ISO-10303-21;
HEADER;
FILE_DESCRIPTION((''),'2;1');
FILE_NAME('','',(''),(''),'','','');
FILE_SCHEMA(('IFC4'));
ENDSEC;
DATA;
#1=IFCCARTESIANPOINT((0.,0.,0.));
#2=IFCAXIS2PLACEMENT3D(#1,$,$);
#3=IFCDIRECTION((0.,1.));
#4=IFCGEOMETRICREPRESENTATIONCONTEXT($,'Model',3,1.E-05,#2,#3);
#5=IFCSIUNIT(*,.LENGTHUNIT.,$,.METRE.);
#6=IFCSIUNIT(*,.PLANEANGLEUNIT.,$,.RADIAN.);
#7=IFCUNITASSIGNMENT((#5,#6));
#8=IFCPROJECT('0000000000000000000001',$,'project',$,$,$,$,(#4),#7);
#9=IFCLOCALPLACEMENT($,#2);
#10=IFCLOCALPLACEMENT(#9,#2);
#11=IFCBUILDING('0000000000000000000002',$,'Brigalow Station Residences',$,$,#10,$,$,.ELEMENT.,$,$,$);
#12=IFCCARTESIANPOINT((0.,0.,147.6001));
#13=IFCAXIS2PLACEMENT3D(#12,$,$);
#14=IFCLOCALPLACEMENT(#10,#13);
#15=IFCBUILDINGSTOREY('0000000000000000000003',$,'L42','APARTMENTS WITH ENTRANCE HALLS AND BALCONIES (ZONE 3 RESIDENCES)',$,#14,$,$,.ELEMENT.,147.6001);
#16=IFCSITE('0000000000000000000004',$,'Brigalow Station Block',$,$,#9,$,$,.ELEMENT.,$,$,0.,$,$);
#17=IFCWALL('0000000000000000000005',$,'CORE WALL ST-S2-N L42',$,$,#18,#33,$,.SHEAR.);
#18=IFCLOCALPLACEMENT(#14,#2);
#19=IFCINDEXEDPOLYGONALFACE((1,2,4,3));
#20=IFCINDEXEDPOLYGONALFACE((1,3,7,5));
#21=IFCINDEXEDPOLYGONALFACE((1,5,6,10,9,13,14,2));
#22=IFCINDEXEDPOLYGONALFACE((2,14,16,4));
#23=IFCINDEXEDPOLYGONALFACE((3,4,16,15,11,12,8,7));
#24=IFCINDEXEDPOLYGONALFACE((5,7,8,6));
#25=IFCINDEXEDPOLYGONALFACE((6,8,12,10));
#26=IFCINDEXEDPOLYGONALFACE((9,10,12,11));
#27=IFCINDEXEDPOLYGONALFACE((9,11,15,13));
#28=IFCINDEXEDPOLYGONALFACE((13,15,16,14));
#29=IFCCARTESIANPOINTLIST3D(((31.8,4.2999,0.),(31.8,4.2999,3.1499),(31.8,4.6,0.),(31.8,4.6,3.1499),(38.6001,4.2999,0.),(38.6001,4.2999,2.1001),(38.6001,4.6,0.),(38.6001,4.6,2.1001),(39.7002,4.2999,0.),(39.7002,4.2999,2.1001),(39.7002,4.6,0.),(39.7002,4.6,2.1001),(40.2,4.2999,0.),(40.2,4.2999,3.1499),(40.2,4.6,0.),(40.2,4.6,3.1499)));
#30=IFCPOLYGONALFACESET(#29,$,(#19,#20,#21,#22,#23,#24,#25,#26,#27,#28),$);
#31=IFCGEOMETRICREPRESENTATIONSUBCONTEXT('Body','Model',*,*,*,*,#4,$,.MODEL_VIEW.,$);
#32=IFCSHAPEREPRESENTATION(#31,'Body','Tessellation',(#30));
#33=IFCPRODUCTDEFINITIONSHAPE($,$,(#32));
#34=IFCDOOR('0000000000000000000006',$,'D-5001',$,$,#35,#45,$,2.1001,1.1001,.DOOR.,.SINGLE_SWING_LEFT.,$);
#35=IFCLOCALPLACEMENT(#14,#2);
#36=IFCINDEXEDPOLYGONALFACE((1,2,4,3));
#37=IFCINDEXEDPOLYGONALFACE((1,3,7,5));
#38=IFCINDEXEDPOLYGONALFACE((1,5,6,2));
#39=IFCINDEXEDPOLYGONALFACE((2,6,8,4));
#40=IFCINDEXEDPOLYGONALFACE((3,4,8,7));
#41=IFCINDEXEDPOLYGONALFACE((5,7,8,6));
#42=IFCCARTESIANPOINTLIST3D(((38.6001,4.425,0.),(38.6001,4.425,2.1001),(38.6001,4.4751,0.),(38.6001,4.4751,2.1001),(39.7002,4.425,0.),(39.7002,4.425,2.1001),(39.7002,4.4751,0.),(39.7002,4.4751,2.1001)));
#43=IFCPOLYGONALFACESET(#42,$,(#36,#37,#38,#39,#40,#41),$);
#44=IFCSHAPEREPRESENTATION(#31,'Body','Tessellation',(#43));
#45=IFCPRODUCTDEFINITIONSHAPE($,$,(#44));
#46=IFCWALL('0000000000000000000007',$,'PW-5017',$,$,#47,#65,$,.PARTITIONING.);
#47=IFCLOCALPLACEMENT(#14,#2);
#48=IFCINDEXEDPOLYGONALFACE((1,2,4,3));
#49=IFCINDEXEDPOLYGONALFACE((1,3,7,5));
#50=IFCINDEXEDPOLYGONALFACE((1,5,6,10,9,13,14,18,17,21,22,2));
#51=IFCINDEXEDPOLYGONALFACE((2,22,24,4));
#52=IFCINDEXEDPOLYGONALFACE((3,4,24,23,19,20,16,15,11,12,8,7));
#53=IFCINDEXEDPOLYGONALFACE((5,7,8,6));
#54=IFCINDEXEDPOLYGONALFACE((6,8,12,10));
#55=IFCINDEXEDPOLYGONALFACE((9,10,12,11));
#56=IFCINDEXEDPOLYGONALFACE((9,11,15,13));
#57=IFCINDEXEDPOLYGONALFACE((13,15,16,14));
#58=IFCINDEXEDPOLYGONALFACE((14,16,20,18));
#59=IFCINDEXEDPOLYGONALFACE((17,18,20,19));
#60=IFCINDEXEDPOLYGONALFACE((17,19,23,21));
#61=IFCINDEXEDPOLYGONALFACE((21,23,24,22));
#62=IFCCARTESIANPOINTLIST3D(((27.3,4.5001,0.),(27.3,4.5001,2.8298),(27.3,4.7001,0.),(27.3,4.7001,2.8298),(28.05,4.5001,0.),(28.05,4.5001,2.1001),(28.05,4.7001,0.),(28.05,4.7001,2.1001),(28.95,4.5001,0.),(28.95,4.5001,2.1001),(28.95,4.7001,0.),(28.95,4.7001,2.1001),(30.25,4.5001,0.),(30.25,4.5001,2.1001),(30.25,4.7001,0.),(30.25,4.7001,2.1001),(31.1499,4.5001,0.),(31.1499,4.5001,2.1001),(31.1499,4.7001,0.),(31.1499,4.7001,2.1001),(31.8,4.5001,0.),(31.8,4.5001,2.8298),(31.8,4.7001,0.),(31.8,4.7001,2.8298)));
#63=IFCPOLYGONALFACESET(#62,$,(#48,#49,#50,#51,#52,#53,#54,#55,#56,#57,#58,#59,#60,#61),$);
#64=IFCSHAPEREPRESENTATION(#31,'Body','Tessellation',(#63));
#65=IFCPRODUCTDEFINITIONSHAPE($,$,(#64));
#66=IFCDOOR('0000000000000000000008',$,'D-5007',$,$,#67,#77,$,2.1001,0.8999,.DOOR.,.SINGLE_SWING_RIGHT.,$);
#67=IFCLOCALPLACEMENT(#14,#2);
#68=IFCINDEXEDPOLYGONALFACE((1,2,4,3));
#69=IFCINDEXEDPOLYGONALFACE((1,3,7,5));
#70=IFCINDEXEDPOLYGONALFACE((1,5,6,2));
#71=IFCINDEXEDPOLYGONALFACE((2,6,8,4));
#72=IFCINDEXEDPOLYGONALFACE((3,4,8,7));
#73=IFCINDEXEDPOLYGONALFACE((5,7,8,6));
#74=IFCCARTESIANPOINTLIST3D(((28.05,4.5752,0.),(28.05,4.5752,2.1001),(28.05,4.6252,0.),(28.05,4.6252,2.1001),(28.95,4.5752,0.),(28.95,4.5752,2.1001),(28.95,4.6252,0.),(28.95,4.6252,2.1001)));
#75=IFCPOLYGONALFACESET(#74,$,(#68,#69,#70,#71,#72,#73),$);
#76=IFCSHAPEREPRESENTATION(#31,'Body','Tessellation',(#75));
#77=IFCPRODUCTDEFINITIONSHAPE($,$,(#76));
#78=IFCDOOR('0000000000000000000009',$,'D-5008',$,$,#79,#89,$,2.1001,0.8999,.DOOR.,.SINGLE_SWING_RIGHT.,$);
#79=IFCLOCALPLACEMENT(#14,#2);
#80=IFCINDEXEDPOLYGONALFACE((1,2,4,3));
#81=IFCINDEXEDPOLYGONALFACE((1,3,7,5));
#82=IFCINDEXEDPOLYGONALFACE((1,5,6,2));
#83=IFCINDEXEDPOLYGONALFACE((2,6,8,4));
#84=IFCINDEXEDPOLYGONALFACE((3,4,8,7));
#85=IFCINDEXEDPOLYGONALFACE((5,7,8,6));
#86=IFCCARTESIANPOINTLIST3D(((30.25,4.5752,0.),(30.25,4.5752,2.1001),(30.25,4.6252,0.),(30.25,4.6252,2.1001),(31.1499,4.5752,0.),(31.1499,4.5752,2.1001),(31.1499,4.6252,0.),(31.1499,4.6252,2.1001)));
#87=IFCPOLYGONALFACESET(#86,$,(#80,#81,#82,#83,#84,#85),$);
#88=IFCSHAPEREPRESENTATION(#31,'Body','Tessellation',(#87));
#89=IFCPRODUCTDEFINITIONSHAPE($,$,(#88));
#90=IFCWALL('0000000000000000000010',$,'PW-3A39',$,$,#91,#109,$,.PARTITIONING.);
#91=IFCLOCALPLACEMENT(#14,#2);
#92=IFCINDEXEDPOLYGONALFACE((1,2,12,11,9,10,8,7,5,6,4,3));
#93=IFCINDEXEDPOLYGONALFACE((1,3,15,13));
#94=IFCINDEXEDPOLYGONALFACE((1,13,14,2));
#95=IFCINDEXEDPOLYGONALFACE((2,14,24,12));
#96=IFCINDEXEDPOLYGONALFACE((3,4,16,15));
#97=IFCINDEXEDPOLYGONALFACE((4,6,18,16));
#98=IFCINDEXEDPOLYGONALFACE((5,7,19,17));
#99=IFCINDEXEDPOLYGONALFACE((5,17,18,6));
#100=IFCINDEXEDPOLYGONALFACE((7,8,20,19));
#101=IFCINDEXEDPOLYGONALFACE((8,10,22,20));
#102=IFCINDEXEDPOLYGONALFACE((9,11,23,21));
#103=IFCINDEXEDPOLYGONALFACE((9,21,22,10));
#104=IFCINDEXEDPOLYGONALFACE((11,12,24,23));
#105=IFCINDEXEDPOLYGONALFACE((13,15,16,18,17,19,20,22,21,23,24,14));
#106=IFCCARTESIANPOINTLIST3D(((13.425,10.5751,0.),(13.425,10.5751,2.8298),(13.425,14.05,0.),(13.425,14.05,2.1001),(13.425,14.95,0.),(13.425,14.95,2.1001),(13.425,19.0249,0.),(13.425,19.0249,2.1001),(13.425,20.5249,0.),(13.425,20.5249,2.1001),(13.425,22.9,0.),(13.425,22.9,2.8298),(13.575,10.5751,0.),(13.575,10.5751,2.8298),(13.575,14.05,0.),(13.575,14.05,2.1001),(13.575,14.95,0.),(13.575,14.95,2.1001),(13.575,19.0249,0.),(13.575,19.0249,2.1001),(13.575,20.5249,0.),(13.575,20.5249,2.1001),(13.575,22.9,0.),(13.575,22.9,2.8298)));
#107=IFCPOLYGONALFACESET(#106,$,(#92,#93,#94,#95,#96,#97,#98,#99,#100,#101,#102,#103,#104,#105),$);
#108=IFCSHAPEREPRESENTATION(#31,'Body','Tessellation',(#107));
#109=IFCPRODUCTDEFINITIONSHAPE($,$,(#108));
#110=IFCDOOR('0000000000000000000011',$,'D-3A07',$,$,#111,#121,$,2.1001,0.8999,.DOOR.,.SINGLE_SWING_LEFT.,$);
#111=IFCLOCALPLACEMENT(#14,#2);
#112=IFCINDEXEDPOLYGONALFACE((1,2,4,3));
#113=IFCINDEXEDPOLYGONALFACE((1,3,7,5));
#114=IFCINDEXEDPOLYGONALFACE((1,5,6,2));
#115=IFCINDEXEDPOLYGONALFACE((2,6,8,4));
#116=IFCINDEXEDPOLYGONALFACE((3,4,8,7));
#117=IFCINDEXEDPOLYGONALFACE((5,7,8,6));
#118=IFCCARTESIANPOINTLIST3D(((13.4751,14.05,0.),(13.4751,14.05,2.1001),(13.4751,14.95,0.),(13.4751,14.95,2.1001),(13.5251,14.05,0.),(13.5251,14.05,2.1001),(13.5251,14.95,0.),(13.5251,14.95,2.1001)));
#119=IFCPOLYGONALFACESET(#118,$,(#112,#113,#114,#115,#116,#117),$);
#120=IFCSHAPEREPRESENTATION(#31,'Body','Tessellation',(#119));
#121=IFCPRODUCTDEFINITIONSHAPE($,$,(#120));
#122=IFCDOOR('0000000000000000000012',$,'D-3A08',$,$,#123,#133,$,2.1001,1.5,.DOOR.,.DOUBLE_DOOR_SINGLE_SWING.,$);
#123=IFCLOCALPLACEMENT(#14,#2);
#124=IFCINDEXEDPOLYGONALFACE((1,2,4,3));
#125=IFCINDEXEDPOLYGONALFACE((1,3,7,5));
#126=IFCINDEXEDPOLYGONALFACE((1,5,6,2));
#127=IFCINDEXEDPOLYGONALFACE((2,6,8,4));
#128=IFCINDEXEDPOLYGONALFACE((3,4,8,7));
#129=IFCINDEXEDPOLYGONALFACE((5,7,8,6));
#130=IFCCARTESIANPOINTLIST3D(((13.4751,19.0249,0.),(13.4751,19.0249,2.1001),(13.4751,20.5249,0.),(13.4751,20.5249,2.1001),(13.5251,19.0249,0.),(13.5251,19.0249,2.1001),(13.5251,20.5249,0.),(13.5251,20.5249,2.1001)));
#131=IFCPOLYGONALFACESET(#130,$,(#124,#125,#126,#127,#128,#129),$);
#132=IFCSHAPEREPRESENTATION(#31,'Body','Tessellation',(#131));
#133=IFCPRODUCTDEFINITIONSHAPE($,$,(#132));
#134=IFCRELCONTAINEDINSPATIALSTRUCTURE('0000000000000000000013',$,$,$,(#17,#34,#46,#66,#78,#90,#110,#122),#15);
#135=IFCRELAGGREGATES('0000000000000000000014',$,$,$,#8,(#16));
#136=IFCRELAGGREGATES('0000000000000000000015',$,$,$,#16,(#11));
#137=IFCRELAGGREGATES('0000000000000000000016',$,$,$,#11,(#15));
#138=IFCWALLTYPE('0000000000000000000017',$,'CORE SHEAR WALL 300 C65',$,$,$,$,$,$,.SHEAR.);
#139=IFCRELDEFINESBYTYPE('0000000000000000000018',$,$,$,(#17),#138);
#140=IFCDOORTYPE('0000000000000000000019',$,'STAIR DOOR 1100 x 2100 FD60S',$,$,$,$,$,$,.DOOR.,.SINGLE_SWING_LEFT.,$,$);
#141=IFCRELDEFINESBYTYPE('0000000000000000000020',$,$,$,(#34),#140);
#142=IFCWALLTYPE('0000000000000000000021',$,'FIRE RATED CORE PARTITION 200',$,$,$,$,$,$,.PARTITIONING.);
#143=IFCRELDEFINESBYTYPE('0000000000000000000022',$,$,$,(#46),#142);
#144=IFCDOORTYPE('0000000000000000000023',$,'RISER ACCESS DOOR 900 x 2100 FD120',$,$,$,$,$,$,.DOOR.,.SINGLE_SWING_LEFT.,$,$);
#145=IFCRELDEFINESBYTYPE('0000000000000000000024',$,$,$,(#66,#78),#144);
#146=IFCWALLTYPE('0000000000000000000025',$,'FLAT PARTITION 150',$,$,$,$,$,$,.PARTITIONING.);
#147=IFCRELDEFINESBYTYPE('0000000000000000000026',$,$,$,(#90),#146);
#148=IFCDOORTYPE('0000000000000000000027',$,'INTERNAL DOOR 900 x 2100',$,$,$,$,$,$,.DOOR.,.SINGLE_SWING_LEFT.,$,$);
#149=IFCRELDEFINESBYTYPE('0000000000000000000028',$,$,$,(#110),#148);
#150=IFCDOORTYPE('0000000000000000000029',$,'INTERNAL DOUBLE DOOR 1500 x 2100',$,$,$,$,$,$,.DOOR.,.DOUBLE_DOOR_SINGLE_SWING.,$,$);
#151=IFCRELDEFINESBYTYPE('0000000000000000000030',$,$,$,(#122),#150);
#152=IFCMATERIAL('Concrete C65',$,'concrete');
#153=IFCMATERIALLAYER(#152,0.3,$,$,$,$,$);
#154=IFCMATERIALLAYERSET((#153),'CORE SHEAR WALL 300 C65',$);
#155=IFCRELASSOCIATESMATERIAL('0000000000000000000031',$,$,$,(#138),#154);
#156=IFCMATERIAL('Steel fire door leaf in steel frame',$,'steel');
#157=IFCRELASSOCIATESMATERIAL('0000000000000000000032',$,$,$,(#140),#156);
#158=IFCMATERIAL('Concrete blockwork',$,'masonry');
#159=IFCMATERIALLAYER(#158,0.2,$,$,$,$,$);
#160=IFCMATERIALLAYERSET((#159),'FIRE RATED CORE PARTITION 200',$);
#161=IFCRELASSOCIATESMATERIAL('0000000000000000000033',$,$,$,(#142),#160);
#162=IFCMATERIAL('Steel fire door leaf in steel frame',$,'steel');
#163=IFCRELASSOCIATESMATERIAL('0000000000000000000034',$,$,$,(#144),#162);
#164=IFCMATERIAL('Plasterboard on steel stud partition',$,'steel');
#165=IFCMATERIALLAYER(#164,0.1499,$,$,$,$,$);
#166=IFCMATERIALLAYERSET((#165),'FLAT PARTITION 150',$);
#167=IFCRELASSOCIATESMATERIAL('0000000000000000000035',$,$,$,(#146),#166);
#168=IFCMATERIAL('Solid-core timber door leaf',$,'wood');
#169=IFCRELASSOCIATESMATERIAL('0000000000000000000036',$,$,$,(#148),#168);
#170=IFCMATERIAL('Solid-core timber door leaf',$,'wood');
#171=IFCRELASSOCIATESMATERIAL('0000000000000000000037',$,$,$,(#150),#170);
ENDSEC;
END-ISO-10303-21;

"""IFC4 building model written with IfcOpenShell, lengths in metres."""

from ifc_helpers import new_model, si_unit, direction, frame, frame_2d, origin, place, context, subcontext, project, spatial, rectangle, extrude, material, layer, layer_set, type_object, element, fill, save


model = new_model("IFC4")

# Units and contexts
model_context = context("Model", 3, precision=1e-05, world=origin(), true_north=direction((0.0, 1.0)))
body_context = subcontext(model_context, "Body", "Model", "MODEL_VIEW")
ifc_project = project(units=[si_unit("LENGTHUNIT", "METRE"), si_unit("PLANEANGLEUNIT", "RADIAN")], contexts=[model_context])

# Site, building, storey
site_placement = place(None, origin())
site = spatial("IfcSite", under=ifc_project, at=site_placement, Name="Brigalow Station Block", CompositionType="ELEMENT", RefElevation=0.0)
building_placement = place(site_placement, origin())
building = spatial("IfcBuilding", under=site, at=building_placement, Name="Brigalow Station Residences", CompositionType="ELEMENT")
storey_placement = place(building_placement, frame((0.0, 0.0, 147.6001)))
storey = spatial("IfcBuildingStorey", under=building, at=storey_placement, Name="L42", Description="APARTMENTS WITH ENTRANCE HALLS AND BALCONIES (ZONE 3 RESIDENCES)", CompositionType="ELEMENT", Elevation=147.6001)

# Wall, opening, door
ifc_material_1 = material(Name="Concrete C65", Category="concrete")
ifc_layer_1 = layer(ifc_material_1, 0.3)
ifc_layer_set_1 = layer_set([ifc_layer_1], Name="CORE SHEAR WALL 300 C65")
wall_type_1 = type_object("IfcWallType", Name="CORE SHEAR WALL 300 C65", PredefinedType="SHEAR", material=ifc_layer_set_1)
wall_1_placement = place(storey_placement, frame((31.8, 4.45, 0.0), z_axis=(0.0, 0.0, 1.0), x_axis=(1.0, 0.0, 0.0)))
wall_1 = element("IfcWall", 1, at=wall_1_placement, inside=storey, type_object=wall_type_1, Name="CORE WALL ST-S2-N L42", PredefinedType="SHEAR", context=body_context, shape_type="SweptSolid", body=[
    extrude(rectangle(XDim=8.3999, YDim=0.3, at=frame_2d((4.2, 0.0))), origin(), (0.0, 0.0, 1.0), 3.1499),
])
opening_1_placement = place(wall_1_placement, frame((6.8, 0.0, 0.0)))
opening_1 = element("IfcOpeningElement", 2, at=opening_1_placement, cuts=wall_1, PredefinedType="OPENING", context=body_context, shape_type="SweptSolid", body=[
    extrude(rectangle(XDim=1.1001, YDim=2.1001, at=frame_2d((0.55, 1.05))), frame((0.0, 0.1602, 0.0), z_axis=(0.0, -1.0, 0.0), x_axis=(1.0, 0.0, 0.0)), (0.0, 0.0, 1.0), 0.3201),
])
ifc_material_2 = material(Name="Steel fire door leaf in steel frame", Category="steel")
door_type_1 = type_object("IfcDoorType", Name="STAIR DOOR 1100 x 2100 FD60S", OperationType="SINGLE_SWING_LEFT", PredefinedType="DOOR", material=ifc_material_2)
door_1_placement = place(opening_1_placement, frame((1.1001, 0.0, 0.0), z_axis=(0.0, 0.0, 1.0), x_axis=(-1.0, 0.0, 0.0)))
door_1 = element("IfcDoor", 3, at=door_1_placement, inside=storey, type_object=door_type_1, Name="D-5001", OperationType="SINGLE_SWING_LEFT", OverallHeight=2.1001, OverallWidth=1.1001, PredefinedType="DOOR", context=body_context, shape_type="SweptSolid", body=[
    extrude(rectangle(XDim=1.1001, YDim=2.1001, at=frame_2d((0.55, 1.05))), frame((0.0, 0.0249, 0.0), z_axis=(0.0, -1.0, 0.0), x_axis=(1.0, 0.0, 0.0)), (0.0, 0.0, 1.0), 0.05),
])
fill(opening_1, door_1)

# Walls, openings, doors
ifc_material_3 = material(Name="Concrete blockwork", Category="masonry")
ifc_layer_2 = layer(ifc_material_3, 0.2)
ifc_layer_set_2 = layer_set([ifc_layer_2], Name="FIRE RATED CORE PARTITION 200")
wall_type_2 = type_object("IfcWallType", Name="FIRE RATED CORE PARTITION 200", PredefinedType="PARTITIONING", material=ifc_layer_set_2)
wall_2_placement = place(storey_placement, frame((27.3, 4.6001, 0.0), z_axis=(0.0, 0.0, 1.0), x_axis=(1.0, 0.0, 0.0)))
wall_2 = element("IfcWall", 4, at=wall_2_placement, inside=storey, type_object=wall_type_2, Name="PW-5017", PredefinedType="PARTITIONING", context=body_context, shape_type="SweptSolid", body=[
    extrude(rectangle(XDim=4.5, YDim=0.2, at=frame_2d((2.25, 0.0))), origin(), (0.0, 0.0, 1.0), 2.8298),
])
opening_2_placement = place(wall_2_placement, frame((0.75, 0.0, 0.0)))
opening_2 = element("IfcOpeningElement", 5, at=opening_2_placement, cuts=wall_2, PredefinedType="OPENING", context=body_context, shape_type="SweptSolid", body=[
    extrude(rectangle(XDim=0.8999, YDim=2.1001, at=frame_2d((0.45, 1.05))), frame((0.0, 0.1099, 0.0), z_axis=(0.0, -1.0, 0.0), x_axis=(1.0, 0.0, 0.0)), (0.0, 0.0, 1.0), 0.22),
])
opening_3_placement = place(wall_2_placement, frame((2.95, 0.0, 0.0)))
opening_3 = element("IfcOpeningElement", 6, at=opening_3_placement, cuts=wall_2, PredefinedType="OPENING", context=body_context, shape_type="SweptSolid", body=[
    extrude(rectangle(XDim=0.8999, YDim=2.1001, at=frame_2d((0.45, 1.05))), frame((0.0, 0.1099, 0.0), z_axis=(0.0, -1.0, 0.0), x_axis=(1.0, 0.0, 0.0)), (0.0, 0.0, 1.0), 0.22),
])
ifc_material_4 = material(Name="Steel fire door leaf in steel frame", Category="steel")
door_type_2 = type_object("IfcDoorType", Name="RISER ACCESS DOOR 900 x 2100 FD120", OperationType="SINGLE_SWING_LEFT", PredefinedType="DOOR", material=ifc_material_4)
door_2_placement = place(opening_2_placement, frame((0.8999, 0.0, 0.0), z_axis=(0.0, 0.0, 1.0), x_axis=(-1.0, 0.0, 0.0)))
door_2 = element("IfcDoor", 7, at=door_2_placement, inside=storey, type_object=door_type_2, Name="D-5007", OperationType="SINGLE_SWING_RIGHT", OverallHeight=2.1001, OverallWidth=0.8999, PredefinedType="DOOR", context=body_context, shape_type="SweptSolid", body=[
    extrude(rectangle(XDim=0.8999, YDim=2.1001, at=frame_2d((0.45, 1.05))), frame((0.0, 0.0249, 0.0), z_axis=(0.0, -1.0, 0.0), x_axis=(1.0, 0.0, 0.0)), (0.0, 0.0, 1.0), 0.05),
])
fill(opening_2, door_2)
door_3_placement = place(opening_3_placement, frame((0.8999, 0.0, 0.0), z_axis=(0.0, 0.0, 1.0), x_axis=(-1.0, 0.0, 0.0)))
door_3 = element("IfcDoor", 8, at=door_3_placement, inside=storey, type_object=door_type_2, Name="D-5008", OperationType="SINGLE_SWING_RIGHT", OverallHeight=2.1001, OverallWidth=0.8999, PredefinedType="DOOR", context=body_context, shape_type="SweptSolid", body=[
    extrude(rectangle(XDim=0.8999, YDim=2.1001, at=frame_2d((0.45, 1.05))), frame((0.0, 0.0249, 0.0), z_axis=(0.0, -1.0, 0.0), x_axis=(1.0, 0.0, 0.0)), (0.0, 0.0, 1.0), 0.05),
])
fill(opening_3, door_3)
ifc_material_5 = material(Name="Plasterboard on steel stud partition", Category="steel")
ifc_layer_3 = layer(ifc_material_5, 0.1499)
ifc_layer_set_3 = layer_set([ifc_layer_3], Name="FLAT PARTITION 150")
wall_type_3 = type_object("IfcWallType", Name="FLAT PARTITION 150", PredefinedType="PARTITIONING", material=ifc_layer_set_3)
wall_3_placement = place(storey_placement, frame((13.5, 10.575, 0.0), z_axis=(0.0, 0.0, 1.0), x_axis=(0.0, 1.0, 0.0)))
wall_3 = element("IfcWall", 9, at=wall_3_placement, inside=storey, type_object=wall_type_3, Name="PW-3A39", PredefinedType="PARTITIONING", context=body_context, shape_type="SweptSolid", body=[
    extrude(rectangle(XDim=12.325, YDim=0.1499, at=frame_2d((6.1626, 0.0))), origin(), (0.0, 0.0, 1.0), 2.8298),
])
opening_4_placement = place(wall_3_placement, frame((3.4751, 0.0, 0.0)))
opening_4 = element("IfcOpeningElement", 10, at=opening_4_placement, cuts=wall_3, PredefinedType="OPENING", context=body_context, shape_type="SweptSolid", body=[
    extrude(rectangle(XDim=0.8999, YDim=2.1001, at=frame_2d((0.45, 1.05))), frame((0.0, 0.085, 0.0), z_axis=(0.0, -1.0, 0.0), x_axis=(1.0, 0.0, 0.0)), (0.0, 0.0, 1.0), 0.1699),
])
opening_5_placement = place(wall_3_placement, frame((8.45, 0.0, 0.0)))
opening_5 = element("IfcOpeningElement", 11, at=opening_5_placement, cuts=wall_3, PredefinedType="OPENING", context=body_context, shape_type="SweptSolid", body=[
    extrude(rectangle(XDim=1.5, YDim=2.1001, at=frame_2d((0.75, 1.05))), frame((0.0, 0.085, 0.0), z_axis=(0.0, -1.0, 0.0), x_axis=(1.0, 0.0, 0.0)), (0.0, 0.0, 1.0), 0.1699),
])
ifc_material_6 = material(Name="Solid-core timber door leaf", Category="wood")
door_type_3 = type_object("IfcDoorType", Name="INTERNAL DOOR 900 x 2100", OperationType="SINGLE_SWING_LEFT", PredefinedType="DOOR", material=ifc_material_6)
door_4_placement = place(opening_4_placement, origin())
door_4 = element("IfcDoor", 12, at=door_4_placement, inside=storey, type_object=door_type_3, Name="D-3A07", OperationType="SINGLE_SWING_LEFT", OverallHeight=2.1001, OverallWidth=0.8999, PredefinedType="DOOR", context=body_context, shape_type="SweptSolid", body=[
    extrude(rectangle(XDim=0.8999, YDim=2.1001, at=frame_2d((0.45, 1.05))), frame((0.0, 0.0249, 0.0), z_axis=(0.0, -1.0, 0.0), x_axis=(1.0, 0.0, 0.0)), (0.0, 0.0, 1.0), 0.05),
])
fill(opening_4, door_4)
ifc_material_7 = material(Name="Solid-core timber door leaf", Category="wood")
door_type_4 = type_object("IfcDoorType", Name="INTERNAL DOUBLE DOOR 1500 x 2100", OperationType="DOUBLE_DOOR_SINGLE_SWING", PredefinedType="DOOR", material=ifc_material_7)
door_5_placement = place(opening_5_placement, origin())
door_5 = element("IfcDoor", 13, at=door_5_placement, inside=storey, type_object=door_type_4, Name="D-3A08", OperationType="DOUBLE_DOOR_SINGLE_SWING", OverallHeight=2.1001, OverallWidth=1.5, PredefinedType="DOOR", context=body_context, shape_type="SweptSolid", body=[
    extrude(rectangle(XDim=1.5, YDim=2.1001, at=frame_2d((0.75, 1.05))), frame((0.0, 0.0249, 0.0), z_axis=(0.0, -1.0, 0.0), x_axis=(1.0, 0.0, 0.0)), (0.0, 0.0, 1.0), 0.05),
])
fill(opening_5, door_5)

save(model, "model.ifc")
